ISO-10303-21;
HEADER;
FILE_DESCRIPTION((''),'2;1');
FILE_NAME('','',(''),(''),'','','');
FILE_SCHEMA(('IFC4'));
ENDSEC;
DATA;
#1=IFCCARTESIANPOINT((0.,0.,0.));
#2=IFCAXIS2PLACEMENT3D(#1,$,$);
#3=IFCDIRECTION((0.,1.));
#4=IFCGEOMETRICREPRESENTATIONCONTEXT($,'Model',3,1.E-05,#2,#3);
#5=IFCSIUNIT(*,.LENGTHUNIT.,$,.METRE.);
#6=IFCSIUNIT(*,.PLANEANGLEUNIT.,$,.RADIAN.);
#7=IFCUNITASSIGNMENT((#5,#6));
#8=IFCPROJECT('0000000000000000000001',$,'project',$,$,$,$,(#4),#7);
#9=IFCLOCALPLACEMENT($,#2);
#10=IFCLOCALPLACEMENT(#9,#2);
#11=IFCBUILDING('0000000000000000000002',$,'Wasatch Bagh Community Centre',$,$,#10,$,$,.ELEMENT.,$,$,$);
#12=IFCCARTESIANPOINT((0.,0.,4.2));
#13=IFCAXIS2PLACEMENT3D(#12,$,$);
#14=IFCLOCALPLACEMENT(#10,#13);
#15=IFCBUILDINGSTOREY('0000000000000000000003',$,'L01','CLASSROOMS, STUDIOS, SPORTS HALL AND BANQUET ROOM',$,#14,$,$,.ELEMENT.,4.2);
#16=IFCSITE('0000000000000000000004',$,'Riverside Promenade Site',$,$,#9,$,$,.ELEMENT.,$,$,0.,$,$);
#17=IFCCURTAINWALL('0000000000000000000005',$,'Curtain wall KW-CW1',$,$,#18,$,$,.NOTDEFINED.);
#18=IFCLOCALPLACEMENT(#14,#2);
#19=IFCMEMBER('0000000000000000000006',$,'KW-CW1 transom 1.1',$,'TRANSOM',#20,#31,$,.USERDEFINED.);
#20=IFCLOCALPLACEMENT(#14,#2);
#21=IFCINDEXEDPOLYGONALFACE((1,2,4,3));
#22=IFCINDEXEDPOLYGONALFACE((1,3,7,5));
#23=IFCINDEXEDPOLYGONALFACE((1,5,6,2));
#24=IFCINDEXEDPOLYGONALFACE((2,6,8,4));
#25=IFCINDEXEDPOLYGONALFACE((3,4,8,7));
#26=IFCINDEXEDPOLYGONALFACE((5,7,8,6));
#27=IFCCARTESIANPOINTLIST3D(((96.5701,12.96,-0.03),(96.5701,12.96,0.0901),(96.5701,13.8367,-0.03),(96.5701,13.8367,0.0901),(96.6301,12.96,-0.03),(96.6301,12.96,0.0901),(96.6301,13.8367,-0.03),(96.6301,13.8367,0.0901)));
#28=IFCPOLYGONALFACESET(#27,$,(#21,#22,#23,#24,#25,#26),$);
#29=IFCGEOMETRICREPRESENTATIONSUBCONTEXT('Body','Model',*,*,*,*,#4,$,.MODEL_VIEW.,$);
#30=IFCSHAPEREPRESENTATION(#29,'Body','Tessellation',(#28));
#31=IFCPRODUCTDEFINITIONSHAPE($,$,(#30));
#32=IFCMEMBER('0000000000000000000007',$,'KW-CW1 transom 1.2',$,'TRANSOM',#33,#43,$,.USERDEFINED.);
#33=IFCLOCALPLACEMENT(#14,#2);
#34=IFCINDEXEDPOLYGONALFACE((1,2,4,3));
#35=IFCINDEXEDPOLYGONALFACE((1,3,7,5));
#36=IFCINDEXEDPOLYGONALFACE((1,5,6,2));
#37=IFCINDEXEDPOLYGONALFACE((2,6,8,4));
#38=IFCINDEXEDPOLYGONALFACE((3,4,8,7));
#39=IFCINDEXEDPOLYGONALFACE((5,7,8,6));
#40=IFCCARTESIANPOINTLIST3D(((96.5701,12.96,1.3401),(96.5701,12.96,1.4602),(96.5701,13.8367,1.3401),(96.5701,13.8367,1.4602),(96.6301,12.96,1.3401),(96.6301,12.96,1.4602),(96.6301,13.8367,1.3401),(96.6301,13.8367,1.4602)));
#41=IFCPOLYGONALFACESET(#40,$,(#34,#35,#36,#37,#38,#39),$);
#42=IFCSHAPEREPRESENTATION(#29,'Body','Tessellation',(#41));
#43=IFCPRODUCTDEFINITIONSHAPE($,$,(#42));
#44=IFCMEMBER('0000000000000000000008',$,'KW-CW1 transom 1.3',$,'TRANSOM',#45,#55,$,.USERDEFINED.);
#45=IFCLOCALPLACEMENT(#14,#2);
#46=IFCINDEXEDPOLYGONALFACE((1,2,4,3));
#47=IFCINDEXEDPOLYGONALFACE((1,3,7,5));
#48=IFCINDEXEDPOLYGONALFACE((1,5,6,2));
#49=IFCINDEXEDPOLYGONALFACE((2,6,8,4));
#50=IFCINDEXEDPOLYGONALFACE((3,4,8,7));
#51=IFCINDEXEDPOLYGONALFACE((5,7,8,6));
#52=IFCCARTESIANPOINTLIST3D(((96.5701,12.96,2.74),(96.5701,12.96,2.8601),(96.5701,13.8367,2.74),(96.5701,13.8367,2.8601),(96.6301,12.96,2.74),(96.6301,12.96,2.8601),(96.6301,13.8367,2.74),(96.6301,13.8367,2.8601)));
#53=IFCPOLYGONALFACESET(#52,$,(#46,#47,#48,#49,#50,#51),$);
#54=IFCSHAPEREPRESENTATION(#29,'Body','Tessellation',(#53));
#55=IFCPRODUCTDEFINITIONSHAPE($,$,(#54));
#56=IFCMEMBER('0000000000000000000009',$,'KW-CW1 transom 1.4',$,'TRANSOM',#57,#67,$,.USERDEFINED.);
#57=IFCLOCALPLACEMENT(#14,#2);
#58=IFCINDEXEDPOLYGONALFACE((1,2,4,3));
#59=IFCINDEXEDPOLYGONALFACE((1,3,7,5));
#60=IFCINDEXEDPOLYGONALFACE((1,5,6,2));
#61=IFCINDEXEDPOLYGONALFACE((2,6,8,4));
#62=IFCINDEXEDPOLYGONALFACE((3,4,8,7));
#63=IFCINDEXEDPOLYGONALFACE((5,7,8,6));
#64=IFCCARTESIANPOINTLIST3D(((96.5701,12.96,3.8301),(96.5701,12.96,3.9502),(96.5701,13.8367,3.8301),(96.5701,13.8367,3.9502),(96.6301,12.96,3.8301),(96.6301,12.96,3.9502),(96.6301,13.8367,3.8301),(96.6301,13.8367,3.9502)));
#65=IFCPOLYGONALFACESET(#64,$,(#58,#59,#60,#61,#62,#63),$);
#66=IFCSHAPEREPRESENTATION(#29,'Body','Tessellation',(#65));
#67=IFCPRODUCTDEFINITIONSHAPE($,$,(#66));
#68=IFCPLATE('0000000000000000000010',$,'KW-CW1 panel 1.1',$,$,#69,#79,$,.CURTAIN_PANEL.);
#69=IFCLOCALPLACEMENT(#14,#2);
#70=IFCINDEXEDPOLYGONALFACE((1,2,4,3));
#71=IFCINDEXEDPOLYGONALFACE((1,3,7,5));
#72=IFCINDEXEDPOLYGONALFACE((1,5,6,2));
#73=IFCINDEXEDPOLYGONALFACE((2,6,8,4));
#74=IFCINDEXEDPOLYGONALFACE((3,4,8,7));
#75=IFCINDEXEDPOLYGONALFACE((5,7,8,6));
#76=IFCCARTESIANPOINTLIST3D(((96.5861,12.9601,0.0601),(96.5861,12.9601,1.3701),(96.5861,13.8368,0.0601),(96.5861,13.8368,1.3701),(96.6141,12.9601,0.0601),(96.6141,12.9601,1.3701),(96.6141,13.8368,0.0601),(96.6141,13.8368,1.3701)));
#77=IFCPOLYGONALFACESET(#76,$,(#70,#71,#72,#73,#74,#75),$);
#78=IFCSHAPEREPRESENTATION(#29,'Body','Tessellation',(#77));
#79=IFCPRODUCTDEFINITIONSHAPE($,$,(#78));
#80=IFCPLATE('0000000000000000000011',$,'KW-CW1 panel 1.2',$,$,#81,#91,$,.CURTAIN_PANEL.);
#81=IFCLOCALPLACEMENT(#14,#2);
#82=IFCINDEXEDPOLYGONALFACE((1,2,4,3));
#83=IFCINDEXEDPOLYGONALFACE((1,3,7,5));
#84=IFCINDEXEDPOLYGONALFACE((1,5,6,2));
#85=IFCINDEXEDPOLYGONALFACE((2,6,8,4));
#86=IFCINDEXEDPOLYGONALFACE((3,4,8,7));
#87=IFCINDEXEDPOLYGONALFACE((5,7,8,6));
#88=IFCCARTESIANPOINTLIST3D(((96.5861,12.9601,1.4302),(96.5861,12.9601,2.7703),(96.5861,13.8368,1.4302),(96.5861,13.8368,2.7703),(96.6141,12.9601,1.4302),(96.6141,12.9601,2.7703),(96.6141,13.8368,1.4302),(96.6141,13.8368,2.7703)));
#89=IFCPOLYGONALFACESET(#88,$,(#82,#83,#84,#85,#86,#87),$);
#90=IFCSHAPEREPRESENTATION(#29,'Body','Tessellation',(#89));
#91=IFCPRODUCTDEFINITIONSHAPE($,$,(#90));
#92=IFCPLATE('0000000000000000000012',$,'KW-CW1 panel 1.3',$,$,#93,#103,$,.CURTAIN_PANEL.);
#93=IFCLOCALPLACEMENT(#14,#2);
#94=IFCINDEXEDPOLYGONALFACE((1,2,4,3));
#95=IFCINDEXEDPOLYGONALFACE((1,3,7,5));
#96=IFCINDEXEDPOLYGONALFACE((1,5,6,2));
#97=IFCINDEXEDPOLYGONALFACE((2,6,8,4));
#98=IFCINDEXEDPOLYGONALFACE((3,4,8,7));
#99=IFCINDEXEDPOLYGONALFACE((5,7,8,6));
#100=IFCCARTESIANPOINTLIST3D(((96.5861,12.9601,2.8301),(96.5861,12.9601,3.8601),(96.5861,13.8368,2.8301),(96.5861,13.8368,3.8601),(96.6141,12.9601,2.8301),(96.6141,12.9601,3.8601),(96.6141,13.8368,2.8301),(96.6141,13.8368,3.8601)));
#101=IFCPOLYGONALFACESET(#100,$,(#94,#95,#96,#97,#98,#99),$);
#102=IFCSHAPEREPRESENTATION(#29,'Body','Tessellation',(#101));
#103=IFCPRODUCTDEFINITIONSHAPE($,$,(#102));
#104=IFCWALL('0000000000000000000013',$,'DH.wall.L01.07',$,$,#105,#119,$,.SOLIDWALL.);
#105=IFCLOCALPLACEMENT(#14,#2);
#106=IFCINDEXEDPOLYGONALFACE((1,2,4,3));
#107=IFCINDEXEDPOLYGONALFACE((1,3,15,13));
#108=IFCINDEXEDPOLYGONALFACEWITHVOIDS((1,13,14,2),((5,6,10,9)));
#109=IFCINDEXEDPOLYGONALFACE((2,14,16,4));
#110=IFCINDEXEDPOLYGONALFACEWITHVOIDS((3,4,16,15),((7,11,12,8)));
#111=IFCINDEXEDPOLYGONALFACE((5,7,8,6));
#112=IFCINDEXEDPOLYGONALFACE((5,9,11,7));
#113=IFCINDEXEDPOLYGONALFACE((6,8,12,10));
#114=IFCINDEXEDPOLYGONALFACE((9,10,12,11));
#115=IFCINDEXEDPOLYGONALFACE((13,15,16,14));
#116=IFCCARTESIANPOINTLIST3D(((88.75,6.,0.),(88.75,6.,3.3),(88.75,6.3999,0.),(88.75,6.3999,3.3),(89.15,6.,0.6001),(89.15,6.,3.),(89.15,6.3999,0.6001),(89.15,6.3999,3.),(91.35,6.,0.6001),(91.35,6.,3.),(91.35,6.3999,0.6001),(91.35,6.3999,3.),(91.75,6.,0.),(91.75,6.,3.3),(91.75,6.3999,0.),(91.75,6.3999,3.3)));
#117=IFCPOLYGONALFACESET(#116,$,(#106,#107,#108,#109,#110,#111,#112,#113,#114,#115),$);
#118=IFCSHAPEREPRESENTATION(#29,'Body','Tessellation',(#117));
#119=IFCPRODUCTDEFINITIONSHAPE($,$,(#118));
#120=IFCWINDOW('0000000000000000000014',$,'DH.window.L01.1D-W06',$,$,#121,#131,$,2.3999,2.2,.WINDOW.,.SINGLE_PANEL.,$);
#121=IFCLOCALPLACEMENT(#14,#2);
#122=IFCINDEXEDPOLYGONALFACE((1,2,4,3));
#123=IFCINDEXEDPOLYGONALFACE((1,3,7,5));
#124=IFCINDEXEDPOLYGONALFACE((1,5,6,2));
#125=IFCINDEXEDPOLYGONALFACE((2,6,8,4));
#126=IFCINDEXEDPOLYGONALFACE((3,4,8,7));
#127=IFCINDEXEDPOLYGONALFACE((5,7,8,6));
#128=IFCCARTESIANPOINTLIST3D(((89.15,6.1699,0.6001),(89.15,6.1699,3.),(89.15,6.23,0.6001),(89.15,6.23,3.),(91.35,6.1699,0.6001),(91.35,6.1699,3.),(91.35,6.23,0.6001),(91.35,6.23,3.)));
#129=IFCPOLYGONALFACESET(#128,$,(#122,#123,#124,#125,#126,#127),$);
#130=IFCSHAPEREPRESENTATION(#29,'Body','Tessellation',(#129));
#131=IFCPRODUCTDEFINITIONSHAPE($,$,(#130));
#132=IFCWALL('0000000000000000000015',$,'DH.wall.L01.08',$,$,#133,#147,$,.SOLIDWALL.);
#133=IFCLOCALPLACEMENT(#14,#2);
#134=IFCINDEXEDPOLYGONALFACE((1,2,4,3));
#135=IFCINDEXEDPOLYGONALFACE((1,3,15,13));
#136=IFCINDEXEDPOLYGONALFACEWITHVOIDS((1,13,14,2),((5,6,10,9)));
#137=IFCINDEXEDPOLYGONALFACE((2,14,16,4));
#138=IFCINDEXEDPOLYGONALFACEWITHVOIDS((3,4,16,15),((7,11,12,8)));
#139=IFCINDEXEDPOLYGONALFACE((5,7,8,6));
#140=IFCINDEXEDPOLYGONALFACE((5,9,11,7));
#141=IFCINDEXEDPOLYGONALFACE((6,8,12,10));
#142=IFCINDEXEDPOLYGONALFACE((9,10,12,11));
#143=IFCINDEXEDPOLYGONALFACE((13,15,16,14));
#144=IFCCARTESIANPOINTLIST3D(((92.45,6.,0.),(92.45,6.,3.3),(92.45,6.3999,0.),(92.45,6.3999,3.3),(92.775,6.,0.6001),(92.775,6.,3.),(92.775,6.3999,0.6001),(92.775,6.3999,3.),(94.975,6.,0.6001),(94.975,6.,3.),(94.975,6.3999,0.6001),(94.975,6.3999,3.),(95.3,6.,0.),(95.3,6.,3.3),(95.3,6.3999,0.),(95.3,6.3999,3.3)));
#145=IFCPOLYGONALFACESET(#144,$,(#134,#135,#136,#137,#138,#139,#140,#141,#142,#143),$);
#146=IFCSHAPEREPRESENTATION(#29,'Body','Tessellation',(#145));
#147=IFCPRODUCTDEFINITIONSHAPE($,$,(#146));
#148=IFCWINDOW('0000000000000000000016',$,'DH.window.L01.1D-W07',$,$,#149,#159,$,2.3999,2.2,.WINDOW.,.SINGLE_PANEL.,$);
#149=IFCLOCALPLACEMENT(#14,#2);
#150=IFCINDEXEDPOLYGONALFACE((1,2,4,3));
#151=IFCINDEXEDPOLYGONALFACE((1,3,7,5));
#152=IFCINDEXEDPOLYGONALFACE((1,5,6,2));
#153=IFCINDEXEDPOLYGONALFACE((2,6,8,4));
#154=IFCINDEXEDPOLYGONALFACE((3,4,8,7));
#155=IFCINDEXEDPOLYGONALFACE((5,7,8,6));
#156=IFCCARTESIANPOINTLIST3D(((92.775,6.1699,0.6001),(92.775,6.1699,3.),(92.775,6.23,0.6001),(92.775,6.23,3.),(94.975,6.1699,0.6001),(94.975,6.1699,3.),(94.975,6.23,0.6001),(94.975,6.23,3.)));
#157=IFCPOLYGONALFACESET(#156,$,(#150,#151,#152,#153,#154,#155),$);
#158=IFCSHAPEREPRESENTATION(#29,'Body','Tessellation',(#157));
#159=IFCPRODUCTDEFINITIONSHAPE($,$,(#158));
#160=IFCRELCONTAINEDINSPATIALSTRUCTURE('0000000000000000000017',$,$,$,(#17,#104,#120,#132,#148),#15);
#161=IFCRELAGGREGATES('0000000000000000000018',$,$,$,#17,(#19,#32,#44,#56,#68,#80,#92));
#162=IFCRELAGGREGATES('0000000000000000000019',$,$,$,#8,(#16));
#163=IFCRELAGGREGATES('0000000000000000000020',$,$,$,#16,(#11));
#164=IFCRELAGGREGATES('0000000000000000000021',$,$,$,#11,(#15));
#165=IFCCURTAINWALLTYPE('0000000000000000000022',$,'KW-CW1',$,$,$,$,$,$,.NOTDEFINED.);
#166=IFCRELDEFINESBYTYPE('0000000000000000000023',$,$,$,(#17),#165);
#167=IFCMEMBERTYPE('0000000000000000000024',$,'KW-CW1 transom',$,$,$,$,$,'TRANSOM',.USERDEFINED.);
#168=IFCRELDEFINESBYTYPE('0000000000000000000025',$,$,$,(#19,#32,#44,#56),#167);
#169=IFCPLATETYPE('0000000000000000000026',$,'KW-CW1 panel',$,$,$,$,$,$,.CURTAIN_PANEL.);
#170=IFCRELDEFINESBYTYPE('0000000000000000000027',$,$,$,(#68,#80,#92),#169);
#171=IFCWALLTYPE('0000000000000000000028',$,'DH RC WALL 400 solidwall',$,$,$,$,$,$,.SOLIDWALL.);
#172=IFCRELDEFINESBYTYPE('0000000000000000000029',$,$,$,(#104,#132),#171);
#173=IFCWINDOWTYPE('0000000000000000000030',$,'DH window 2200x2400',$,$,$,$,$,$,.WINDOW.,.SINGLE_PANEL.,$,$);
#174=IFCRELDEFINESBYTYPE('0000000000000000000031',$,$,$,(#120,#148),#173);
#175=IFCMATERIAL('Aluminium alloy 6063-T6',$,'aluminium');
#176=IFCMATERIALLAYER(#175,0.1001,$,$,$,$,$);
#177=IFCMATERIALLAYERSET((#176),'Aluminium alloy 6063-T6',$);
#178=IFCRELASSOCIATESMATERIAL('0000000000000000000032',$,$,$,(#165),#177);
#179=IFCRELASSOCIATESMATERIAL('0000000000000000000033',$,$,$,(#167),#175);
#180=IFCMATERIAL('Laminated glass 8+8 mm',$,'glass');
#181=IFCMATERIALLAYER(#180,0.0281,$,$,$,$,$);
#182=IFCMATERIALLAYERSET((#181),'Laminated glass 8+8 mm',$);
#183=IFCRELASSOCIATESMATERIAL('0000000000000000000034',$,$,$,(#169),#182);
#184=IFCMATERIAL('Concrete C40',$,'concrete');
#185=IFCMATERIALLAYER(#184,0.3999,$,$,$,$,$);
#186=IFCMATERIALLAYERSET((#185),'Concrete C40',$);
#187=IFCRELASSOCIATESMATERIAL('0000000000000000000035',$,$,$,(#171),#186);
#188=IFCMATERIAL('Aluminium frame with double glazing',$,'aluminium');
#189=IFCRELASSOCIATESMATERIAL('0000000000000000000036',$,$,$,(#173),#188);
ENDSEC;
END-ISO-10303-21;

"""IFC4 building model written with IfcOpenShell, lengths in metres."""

from ifc_helpers import new_model, si_unit, direction, frame, frame_2d, origin, origin_2d, place, context, subcontext, project, spatial, rectangle, extrude, material, layer, layer_set, material_profile, profile_set, type_object, element, fill, aggregate, save


model = new_model("IFC4")

# Units and contexts
model_context = context("Model", 3, precision=1e-05, world=origin(), true_north=direction((0.0, 1.0)))
body_context = subcontext(model_context, "Body", "Model", "MODEL_VIEW")
ifc_project = project(units=[si_unit("LENGTHUNIT", "METRE"), si_unit("PLANEANGLEUNIT", "RADIAN")], contexts=[model_context])

# Site, building, storey
site_placement = place(None, origin())
site = spatial("IfcSite", under=ifc_project, at=site_placement, Name="Riverside Promenade Site", CompositionType="ELEMENT", RefElevation=0.0)
building_placement = place(site_placement, origin())
building = spatial("IfcBuilding", under=site, at=building_placement, Name="Wasatch Bagh Community Centre", CompositionType="ELEMENT")
storey_placement = place(building_placement, frame((0.0, 0.0, 4.2)))
storey = spatial("IfcBuildingStorey", under=building, at=storey_placement, Name="L01", Description="CLASSROOMS, STUDIOS, SPORTS HALL AND BANQUET ROOM", CompositionType="ELEMENT", Elevation=4.2)

# Shared definitions
ifc_material_1 = material(Name="Concrete C40", Category="concrete")

# Curtain wall, members, plates
ifc_material_2 = material(Name="Aluminium alloy 6063-T6", Category="aluminium")
ifc_layer_1 = layer(ifc_material_2, 0.1001)
ifc_layer_set_1 = layer_set([ifc_layer_1], Name="Aluminium alloy 6063-T6")
curtain_wall_type = type_object("IfcCurtainWallType", Name="KW-CW1", PredefinedType="NOTDEFINED", material=ifc_layer_set_1)
curtain_wall_placement = place(storey_placement, origin())
curtain_wall = element("IfcCurtainWall", 1, at=curtain_wall_placement, inside=storey, type_object=curtain_wall_type, Name="Curtain wall KW-CW1", PredefinedType="NOTDEFINED")
ifc_material_profile_1 = material_profile(ifc_material_2, rectangle(XDim=0.0601, YDim=0.1201, at=origin_2d()), Name="AL 60x120")
ifc_profile_set_1 = profile_set([ifc_material_profile_1], Name="Aluminium alloy 6063-T6")
member_type_1 = type_object("IfcMemberType", Name="KW-CW1 transom", ElementType="TRANSOM", PredefinedType="USERDEFINED", material=ifc_profile_set_1)
member_1_placement = place(storey_placement, frame((96.6001, 12.96, 0.03), z_axis=(0.0, 1.0, 0.0), x_axis=(-1.0, 0.0, 0.0)))
member_1 = element("IfcMember", 2, at=member_1_placement, type_object=member_type_1, Name="KW-CW1 transom 1.1", ObjectType="TRANSOM", PredefinedType="USERDEFINED", context=body_context, shape_type="SweptSolid", body=[
    extrude(rectangle(XDim=0.0601, YDim=0.1201, at=origin_2d()), origin(), (0.0, 0.0, 1.0), 0.8767),
])
member_2_placement = place(storey_placement, frame((96.6001, 12.96, 1.4001), z_axis=(0.0, 1.0, 0.0), x_axis=(-1.0, 0.0, 0.0)))
member_2 = element("IfcMember", 3, at=member_2_placement, type_object=member_type_1, Name="KW-CW1 transom 1.2", ObjectType="TRANSOM", PredefinedType="USERDEFINED", context=body_context, shape_type="SweptSolid", body=[
    extrude(rectangle(XDim=0.0601, YDim=0.1201, at=origin_2d()), origin(), (0.0, 0.0, 1.0), 0.8767),
])
member_3_placement = place(storey_placement, frame((96.6001, 12.96, 2.8), z_axis=(0.0, 1.0, 0.0), x_axis=(-1.0, 0.0, 0.0)))
member_3 = element("IfcMember", 4, at=member_3_placement, type_object=member_type_1, Name="KW-CW1 transom 1.3", ObjectType="TRANSOM", PredefinedType="USERDEFINED", context=body_context, shape_type="SweptSolid", body=[
    extrude(rectangle(XDim=0.0601, YDim=0.1201, at=origin_2d()), origin(), (0.0, 0.0, 1.0), 0.8767),
])
member_4_placement = place(storey_placement, frame((96.6001, 12.96, 3.8901), z_axis=(0.0, 1.0, 0.0), x_axis=(-1.0, 0.0, 0.0)))
member_4 = element("IfcMember", 5, at=member_4_placement, type_object=member_type_1, Name="KW-CW1 transom 1.4", ObjectType="TRANSOM", PredefinedType="USERDEFINED", context=body_context, shape_type="SweptSolid", body=[
    extrude(rectangle(XDim=0.0601, YDim=0.1201, at=origin_2d()), origin(), (0.0, 0.0, 1.0), 0.8767),
])
ifc_material_3 = material(Name="Laminated glass 8+8 mm", Category="glass")
ifc_layer_2 = layer(ifc_material_3, 0.0281)
ifc_layer_set_2 = layer_set([ifc_layer_2], Name="Laminated glass 8+8 mm")
plate_type = type_object("IfcPlateType", Name="KW-CW1 panel", PredefinedType="CURTAIN_PANEL", material=ifc_layer_set_2)
plate_1_placement = place(storey_placement, frame((96.6001, 13.3984, 0.0601), z_axis=(0.0, 0.0, 1.0), x_axis=(0.0, 1.0, 0.0)))
plate_1 = element("IfcPlate", 6, at=plate_1_placement, type_object=plate_type, Name="KW-CW1 panel 1.1", PredefinedType="CURTAIN_PANEL", context=body_context, shape_type="SweptSolid", body=[
    extrude(rectangle(XDim=0.8767, YDim=0.0281, at=origin_2d()), origin(), (0.0, 0.0, 1.0), 1.3101),
])
plate_2_placement = place(storey_placement, frame((96.6001, 13.3984, 1.4302), z_axis=(0.0, 0.0, 1.0), x_axis=(0.0, 1.0, 0.0)))
plate_2 = element("IfcPlate", 7, at=plate_2_placement, type_object=plate_type, Name="KW-CW1 panel 1.2", PredefinedType="CURTAIN_PANEL", context=body_context, shape_type="SweptSolid", body=[
    extrude(rectangle(XDim=0.8767, YDim=0.0281, at=origin_2d()), origin(), (0.0, 0.0, 1.0), 1.3401),
])
plate_3_placement = place(storey_placement, frame((96.6001, 13.3984, 2.8301), z_axis=(0.0, 0.0, 1.0), x_axis=(0.0, 1.0, 0.0)))
plate_3 = element("IfcPlate", 8, at=plate_3_placement, type_object=plate_type, Name="KW-CW1 panel 1.3", PredefinedType="CURTAIN_PANEL", context=body_context, shape_type="SweptSolid", body=[
    extrude(rectangle(XDim=0.8767, YDim=0.0281, at=origin_2d()), origin(), (0.0, 0.0, 1.0), 1.03),
])
aggregate(curtain_wall, [member_1, member_2, member_3, member_4, plate_1, plate_2, plate_3])

# Walls, openings, windows
ifc_layer_3 = layer(ifc_material_1, 0.3999)
ifc_layer_set_3 = layer_set([ifc_layer_3], Name="Concrete C40")
wall_type_1 = type_object("IfcWallType", Name="DH RC WALL 400 solidwall", PredefinedType="SOLIDWALL", material=ifc_layer_set_3)
wall_1_placement = place(storey_placement, frame((91.75, 6.2, 0.0), z_axis=(0.0, 0.0, 1.0), x_axis=(-1.0, 0.0, 0.0)))
wall_1 = element("IfcWall", 9, at=wall_1_placement, inside=storey, type_object=wall_type_1, Name="DH.wall.L01.07", PredefinedType="SOLIDWALL", context=body_context, shape_type="SweptSolid", body=[
    extrude(rectangle(XDim=3.0, YDim=0.3999, at=frame_2d((1.5, 0.0))), origin(), (0.0, 0.0, 1.0), 3.3),
])
opening_1_placement = place(wall_1_placement, frame((0.3999, 0.0, 0.6001)))
opening_1 = element("IfcOpeningElement", 10, at=opening_1_placement, cuts=wall_1, PredefinedType="OPENING", context=body_context, shape_type="SweptSolid", body=[
    extrude(rectangle(XDim=2.2, YDim=2.3999, at=frame_2d((1.1001, 1.2))), frame((0.0, 0.21, 0.0), z_axis=(0.0, -1.0, 0.0), x_axis=(1.0, 0.0, 0.0)), (0.0, 0.0, 1.0), 0.4199),
])
ifc_material_4 = material(Name="Aluminium frame with double glazing", Category="aluminium")
window_type_1 = type_object("IfcWindowType", Name="DH window 2200x2400", PartitioningType="SINGLE_PANEL", PredefinedType="WINDOW", material=ifc_material_4)
window_1_placement = place(opening_1_placement, origin())
window_1 = element("IfcWindow", 11, at=window_1_placement, inside=storey, type_object=window_type_1, Name="DH.window.L01.1D-W06", OverallHeight=2.3999, OverallWidth=2.2, PartitioningType="SINGLE_PANEL", PredefinedType="WINDOW", context=body_context, shape_type="SweptSolid", body=[
    extrude(rectangle(XDim=2.2, YDim=2.3999, at=frame_2d((1.1001, 1.2))), frame((0.0, 0.03, 0.0), z_axis=(0.0, -1.0, 0.0), x_axis=(1.0, 0.0, 0.0)), (0.0, 0.0, 1.0), 0.0601),
])
fill(opening_1, window_1)
wall_2_placement = place(storey_placement, frame((95.3, 6.2, 0.0), z_axis=(0.0, 0.0, 1.0), x_axis=(-1.0, 0.0, 0.0)))
wall_2 = element("IfcWall", 12, at=wall_2_placement, inside=storey, type_object=wall_type_1, Name="DH.wall.L01.08", PredefinedType="SOLIDWALL", context=body_context, shape_type="SweptSolid", body=[
    extrude(rectangle(XDim=2.8501, YDim=0.3999, at=frame_2d((1.425, 0.0))), origin(), (0.0, 0.0, 1.0), 3.3),
])
opening_2_placement = place(wall_2_placement, frame((0.325, 0.0, 0.6001)))
opening_2 = element("IfcOpeningElement", 13, at=opening_2_placement, cuts=wall_2, PredefinedType="OPENING", context=body_context, shape_type="SweptSolid", body=[
    extrude(rectangle(XDim=2.2, YDim=2.3999, at=frame_2d((1.1001, 1.2))), frame((0.0, 0.21, 0.0), z_axis=(0.0, -1.0, 0.0), x_axis=(1.0, 0.0, 0.0)), (0.0, 0.0, 1.0), 0.4199),
])
window_2_placement = place(opening_2_placement, origin())
window_2 = element("IfcWindow", 14, at=window_2_placement, inside=storey, type_object=window_type_1, Name="DH.window.L01.1D-W07", OverallHeight=2.3999, OverallWidth=2.2, PartitioningType="SINGLE_PANEL", PredefinedType="WINDOW", context=body_context, shape_type="SweptSolid", body=[
    extrude(rectangle(XDim=2.2, YDim=2.3999, at=frame_2d((1.1001, 1.2))), frame((0.0, 0.03, 0.0), z_axis=(0.0, -1.0, 0.0), x_axis=(1.0, 0.0, 0.0)), (0.0, 0.0, 1.0), 0.0601),
])
fill(opening_2, window_2)

save(model, "model.ifc")
